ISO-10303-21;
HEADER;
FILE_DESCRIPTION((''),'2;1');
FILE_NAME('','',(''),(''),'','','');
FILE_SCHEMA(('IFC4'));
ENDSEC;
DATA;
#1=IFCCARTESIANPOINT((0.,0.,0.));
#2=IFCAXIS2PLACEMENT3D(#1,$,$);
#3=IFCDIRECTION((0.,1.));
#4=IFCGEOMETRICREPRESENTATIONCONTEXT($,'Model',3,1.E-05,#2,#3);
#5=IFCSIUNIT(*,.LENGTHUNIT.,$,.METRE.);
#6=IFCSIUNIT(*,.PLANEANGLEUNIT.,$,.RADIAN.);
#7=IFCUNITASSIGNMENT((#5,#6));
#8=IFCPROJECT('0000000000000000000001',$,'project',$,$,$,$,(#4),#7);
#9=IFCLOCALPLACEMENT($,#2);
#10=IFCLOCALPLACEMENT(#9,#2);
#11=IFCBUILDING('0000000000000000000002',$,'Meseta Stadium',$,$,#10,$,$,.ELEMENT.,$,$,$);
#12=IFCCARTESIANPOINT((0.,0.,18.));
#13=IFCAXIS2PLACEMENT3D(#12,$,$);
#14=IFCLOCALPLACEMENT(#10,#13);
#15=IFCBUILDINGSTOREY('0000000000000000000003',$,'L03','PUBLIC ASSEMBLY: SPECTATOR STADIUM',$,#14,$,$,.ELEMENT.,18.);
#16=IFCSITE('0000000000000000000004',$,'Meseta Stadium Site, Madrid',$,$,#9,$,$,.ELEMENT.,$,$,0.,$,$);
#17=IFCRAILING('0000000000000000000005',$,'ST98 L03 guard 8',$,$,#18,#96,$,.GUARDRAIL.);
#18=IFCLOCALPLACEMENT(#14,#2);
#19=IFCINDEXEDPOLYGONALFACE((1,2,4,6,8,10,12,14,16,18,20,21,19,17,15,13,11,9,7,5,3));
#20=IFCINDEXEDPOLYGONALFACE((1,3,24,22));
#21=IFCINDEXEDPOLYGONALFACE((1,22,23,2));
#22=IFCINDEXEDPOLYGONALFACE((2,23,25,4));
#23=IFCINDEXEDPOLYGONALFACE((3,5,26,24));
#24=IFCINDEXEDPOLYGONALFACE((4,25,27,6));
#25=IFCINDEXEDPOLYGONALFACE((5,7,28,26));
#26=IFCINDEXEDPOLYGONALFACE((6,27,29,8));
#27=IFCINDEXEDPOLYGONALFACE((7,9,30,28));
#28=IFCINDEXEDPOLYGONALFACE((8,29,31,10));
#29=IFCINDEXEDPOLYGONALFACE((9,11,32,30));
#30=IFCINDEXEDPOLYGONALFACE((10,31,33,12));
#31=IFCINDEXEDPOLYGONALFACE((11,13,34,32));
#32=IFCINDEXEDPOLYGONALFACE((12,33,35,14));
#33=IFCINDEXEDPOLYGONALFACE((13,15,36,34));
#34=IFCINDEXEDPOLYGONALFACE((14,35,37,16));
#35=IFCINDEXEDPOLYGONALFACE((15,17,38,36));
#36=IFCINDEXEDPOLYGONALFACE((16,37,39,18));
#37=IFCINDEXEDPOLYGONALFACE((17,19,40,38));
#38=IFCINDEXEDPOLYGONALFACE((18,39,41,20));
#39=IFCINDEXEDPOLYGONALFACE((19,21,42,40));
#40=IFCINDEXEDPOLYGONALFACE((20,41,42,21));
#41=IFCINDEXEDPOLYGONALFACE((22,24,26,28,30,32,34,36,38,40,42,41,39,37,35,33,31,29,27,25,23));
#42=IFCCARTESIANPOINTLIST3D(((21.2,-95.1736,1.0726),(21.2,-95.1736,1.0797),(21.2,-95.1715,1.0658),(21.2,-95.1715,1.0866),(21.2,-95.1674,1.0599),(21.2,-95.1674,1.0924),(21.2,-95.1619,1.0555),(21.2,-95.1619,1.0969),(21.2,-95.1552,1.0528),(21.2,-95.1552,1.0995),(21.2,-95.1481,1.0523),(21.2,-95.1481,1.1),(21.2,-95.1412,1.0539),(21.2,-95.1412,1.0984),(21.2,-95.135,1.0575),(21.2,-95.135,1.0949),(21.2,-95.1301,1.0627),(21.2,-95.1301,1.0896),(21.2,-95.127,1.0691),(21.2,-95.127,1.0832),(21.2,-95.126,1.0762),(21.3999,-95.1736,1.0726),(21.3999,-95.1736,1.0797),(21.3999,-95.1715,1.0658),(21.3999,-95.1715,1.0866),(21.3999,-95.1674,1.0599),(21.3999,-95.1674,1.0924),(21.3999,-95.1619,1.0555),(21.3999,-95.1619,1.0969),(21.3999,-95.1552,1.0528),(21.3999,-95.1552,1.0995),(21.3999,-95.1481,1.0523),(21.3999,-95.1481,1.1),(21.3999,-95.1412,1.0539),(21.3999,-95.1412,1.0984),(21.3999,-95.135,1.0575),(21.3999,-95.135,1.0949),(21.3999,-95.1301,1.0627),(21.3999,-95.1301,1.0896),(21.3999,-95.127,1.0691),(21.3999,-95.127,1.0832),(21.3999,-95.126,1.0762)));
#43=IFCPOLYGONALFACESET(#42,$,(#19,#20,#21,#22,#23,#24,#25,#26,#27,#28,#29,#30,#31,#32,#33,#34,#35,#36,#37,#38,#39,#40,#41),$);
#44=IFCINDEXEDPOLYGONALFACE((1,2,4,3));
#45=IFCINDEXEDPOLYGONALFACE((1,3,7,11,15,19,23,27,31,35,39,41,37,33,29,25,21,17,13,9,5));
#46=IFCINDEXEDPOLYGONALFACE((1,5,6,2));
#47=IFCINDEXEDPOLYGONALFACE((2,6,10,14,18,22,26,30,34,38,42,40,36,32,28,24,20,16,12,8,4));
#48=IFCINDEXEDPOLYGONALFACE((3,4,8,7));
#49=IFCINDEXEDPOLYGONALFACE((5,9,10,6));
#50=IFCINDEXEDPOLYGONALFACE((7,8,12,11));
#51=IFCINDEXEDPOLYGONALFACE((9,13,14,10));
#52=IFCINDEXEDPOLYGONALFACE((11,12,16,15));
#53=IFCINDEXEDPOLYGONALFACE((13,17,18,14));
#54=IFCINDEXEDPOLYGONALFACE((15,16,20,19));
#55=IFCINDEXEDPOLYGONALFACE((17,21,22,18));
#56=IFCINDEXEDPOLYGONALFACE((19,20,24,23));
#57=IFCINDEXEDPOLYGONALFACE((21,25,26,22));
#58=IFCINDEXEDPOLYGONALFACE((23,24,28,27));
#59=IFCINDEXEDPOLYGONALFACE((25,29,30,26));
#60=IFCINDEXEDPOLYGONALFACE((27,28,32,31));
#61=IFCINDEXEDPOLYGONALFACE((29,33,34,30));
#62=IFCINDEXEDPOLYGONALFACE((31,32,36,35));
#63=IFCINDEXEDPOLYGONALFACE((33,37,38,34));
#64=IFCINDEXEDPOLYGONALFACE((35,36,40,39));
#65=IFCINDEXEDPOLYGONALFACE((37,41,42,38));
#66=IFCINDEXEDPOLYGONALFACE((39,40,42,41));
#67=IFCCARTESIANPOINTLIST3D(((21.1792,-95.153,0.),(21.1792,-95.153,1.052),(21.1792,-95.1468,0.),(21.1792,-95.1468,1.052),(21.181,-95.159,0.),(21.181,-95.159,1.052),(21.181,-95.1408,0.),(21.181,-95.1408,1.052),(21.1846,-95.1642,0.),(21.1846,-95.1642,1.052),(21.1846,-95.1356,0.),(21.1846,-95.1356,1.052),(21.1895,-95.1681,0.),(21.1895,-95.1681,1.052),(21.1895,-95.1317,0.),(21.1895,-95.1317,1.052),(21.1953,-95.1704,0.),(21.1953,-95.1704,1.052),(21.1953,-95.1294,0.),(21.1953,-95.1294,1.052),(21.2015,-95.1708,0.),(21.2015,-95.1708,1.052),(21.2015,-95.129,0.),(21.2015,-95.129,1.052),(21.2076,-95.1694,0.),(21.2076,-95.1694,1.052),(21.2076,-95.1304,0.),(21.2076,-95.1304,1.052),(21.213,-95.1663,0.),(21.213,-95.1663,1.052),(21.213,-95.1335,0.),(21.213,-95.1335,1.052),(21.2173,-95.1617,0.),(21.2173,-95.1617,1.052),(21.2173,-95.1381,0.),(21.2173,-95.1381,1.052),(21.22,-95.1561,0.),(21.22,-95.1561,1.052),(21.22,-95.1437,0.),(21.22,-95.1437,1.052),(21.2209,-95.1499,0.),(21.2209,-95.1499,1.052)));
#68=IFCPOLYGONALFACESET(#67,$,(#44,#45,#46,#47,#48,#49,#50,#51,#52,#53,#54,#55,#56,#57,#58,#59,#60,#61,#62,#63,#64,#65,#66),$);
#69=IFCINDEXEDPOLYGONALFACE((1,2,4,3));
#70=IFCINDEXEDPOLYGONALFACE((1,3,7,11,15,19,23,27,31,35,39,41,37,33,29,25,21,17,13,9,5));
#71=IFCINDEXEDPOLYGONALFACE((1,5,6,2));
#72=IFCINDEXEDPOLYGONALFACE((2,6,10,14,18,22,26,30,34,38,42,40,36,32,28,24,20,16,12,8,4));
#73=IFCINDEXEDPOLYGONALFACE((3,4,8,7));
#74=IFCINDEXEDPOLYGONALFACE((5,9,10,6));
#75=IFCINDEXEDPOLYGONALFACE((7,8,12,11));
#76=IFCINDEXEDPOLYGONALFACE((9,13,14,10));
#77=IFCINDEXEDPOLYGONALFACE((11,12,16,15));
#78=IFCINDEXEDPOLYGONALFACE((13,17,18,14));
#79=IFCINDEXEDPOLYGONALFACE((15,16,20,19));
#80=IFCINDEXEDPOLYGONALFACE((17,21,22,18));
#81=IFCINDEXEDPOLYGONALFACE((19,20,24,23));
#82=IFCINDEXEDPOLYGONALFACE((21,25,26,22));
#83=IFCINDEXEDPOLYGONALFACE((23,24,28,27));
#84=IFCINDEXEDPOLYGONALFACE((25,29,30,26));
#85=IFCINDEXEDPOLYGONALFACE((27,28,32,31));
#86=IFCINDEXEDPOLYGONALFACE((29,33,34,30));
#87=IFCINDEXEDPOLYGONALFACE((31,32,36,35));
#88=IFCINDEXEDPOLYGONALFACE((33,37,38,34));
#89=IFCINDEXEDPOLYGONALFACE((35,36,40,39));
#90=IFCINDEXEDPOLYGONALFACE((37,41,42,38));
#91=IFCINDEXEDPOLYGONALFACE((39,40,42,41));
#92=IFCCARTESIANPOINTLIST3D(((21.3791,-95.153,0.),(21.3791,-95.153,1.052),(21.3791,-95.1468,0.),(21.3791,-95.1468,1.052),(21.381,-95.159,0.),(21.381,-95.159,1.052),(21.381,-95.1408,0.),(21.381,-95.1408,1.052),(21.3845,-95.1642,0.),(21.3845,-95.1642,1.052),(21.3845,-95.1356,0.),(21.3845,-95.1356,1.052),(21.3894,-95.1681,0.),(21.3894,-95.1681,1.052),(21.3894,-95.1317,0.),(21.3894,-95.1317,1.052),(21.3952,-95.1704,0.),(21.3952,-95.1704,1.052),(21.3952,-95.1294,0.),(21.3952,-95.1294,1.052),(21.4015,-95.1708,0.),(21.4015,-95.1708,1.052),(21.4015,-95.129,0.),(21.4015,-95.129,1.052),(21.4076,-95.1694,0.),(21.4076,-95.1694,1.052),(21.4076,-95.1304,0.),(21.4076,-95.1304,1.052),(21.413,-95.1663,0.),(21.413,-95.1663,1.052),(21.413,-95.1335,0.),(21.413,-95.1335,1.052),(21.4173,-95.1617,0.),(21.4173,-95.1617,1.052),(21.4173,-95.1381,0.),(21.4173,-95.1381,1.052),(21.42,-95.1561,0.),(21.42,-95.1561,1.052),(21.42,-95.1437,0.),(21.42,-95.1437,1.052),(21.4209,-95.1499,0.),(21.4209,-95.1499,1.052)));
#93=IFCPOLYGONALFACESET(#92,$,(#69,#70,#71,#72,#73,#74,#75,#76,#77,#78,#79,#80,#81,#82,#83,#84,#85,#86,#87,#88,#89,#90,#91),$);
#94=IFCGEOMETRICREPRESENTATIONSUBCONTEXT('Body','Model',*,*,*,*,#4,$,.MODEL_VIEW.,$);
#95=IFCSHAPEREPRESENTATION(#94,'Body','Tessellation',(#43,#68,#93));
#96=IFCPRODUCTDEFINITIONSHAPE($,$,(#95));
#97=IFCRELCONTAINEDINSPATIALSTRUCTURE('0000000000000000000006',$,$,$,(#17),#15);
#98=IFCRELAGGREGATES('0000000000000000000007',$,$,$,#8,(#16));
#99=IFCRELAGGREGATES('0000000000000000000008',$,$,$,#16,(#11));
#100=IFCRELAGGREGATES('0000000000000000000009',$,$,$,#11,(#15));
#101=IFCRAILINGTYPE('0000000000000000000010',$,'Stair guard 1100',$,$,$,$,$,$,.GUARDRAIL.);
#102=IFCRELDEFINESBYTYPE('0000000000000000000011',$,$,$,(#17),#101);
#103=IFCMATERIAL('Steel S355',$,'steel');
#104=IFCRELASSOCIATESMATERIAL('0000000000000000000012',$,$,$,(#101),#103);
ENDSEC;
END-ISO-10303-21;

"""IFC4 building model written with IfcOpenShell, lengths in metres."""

from ifc_helpers import new_model, si_unit, direction, frame, origin, origin_2d, place, context, subcontext, project, spatial, circle, extrude, material, type_object, element, save


model = new_model("IFC4")

# Units and contexts
model_context = context("Model", 3, precision=1e-05, world=origin(), true_north=direction((0.0, 1.0)))
body_context = subcontext(model_context, "Body", "Model", "MODEL_VIEW")
ifc_project = project(units=[si_unit("LENGTHUNIT", "METRE"), si_unit("PLANEANGLEUNIT", "RADIAN")], contexts=[model_context])

# Site, building, storey
site_placement = place(None, origin())
site = spatial("IfcSite", under=ifc_project, at=site_placement, Name="Meseta Stadium Site, Madrid", CompositionType="ELEMENT", RefElevation=0.0)
building_placement = place(site_placement, origin())
building = spatial("IfcBuilding", under=site, at=building_placement, Name="Meseta Stadium", CompositionType="ELEMENT")
storey_placement = place(building_placement, frame((0.0, 0.0, 18.0)))
storey = spatial("IfcBuildingStorey", under=building, at=storey_placement, Name="L03", Description="PUBLIC ASSEMBLY: SPECTATOR STADIUM", CompositionType="ELEMENT", Elevation=18.0)

# Railing
ifc_material_1 = material(Name="Steel S355", Category="steel")
railing_type_1 = type_object("IfcRailingType", Name="Stair guard 1100", PredefinedType="GUARDRAIL", material=ifc_material_1)
railing_1_placement = place(storey_placement, frame((21.2, -95.1499, 0.0)))
element("IfcRailing", 1, at=railing_1_placement, inside=storey, type_object=railing_type_1, Name="ST98 L03 guard 8", PredefinedType="GUARDRAIL", context=body_context, shape_type="SweptSolid", body=[
    extrude(circle(Radius=0.0239, at=origin_2d()), frame((0.0, 0.0, 1.0762), z_axis=(1.0, 0.0, 0.0), x_axis=(0.0, 1.0, 0.0)), (0.0, 0.0, 1.0), 0.2),
    extrude(circle(Radius=0.021, at=origin_2d()), origin(), (0.0, 0.0, 1.0), 1.052),
    extrude(circle(Radius=0.021, at=origin_2d()), frame((0.2, 0.0, 0.0)), (0.0, 0.0, 1.0), 1.052),
])

save(model, "model.ifc")
